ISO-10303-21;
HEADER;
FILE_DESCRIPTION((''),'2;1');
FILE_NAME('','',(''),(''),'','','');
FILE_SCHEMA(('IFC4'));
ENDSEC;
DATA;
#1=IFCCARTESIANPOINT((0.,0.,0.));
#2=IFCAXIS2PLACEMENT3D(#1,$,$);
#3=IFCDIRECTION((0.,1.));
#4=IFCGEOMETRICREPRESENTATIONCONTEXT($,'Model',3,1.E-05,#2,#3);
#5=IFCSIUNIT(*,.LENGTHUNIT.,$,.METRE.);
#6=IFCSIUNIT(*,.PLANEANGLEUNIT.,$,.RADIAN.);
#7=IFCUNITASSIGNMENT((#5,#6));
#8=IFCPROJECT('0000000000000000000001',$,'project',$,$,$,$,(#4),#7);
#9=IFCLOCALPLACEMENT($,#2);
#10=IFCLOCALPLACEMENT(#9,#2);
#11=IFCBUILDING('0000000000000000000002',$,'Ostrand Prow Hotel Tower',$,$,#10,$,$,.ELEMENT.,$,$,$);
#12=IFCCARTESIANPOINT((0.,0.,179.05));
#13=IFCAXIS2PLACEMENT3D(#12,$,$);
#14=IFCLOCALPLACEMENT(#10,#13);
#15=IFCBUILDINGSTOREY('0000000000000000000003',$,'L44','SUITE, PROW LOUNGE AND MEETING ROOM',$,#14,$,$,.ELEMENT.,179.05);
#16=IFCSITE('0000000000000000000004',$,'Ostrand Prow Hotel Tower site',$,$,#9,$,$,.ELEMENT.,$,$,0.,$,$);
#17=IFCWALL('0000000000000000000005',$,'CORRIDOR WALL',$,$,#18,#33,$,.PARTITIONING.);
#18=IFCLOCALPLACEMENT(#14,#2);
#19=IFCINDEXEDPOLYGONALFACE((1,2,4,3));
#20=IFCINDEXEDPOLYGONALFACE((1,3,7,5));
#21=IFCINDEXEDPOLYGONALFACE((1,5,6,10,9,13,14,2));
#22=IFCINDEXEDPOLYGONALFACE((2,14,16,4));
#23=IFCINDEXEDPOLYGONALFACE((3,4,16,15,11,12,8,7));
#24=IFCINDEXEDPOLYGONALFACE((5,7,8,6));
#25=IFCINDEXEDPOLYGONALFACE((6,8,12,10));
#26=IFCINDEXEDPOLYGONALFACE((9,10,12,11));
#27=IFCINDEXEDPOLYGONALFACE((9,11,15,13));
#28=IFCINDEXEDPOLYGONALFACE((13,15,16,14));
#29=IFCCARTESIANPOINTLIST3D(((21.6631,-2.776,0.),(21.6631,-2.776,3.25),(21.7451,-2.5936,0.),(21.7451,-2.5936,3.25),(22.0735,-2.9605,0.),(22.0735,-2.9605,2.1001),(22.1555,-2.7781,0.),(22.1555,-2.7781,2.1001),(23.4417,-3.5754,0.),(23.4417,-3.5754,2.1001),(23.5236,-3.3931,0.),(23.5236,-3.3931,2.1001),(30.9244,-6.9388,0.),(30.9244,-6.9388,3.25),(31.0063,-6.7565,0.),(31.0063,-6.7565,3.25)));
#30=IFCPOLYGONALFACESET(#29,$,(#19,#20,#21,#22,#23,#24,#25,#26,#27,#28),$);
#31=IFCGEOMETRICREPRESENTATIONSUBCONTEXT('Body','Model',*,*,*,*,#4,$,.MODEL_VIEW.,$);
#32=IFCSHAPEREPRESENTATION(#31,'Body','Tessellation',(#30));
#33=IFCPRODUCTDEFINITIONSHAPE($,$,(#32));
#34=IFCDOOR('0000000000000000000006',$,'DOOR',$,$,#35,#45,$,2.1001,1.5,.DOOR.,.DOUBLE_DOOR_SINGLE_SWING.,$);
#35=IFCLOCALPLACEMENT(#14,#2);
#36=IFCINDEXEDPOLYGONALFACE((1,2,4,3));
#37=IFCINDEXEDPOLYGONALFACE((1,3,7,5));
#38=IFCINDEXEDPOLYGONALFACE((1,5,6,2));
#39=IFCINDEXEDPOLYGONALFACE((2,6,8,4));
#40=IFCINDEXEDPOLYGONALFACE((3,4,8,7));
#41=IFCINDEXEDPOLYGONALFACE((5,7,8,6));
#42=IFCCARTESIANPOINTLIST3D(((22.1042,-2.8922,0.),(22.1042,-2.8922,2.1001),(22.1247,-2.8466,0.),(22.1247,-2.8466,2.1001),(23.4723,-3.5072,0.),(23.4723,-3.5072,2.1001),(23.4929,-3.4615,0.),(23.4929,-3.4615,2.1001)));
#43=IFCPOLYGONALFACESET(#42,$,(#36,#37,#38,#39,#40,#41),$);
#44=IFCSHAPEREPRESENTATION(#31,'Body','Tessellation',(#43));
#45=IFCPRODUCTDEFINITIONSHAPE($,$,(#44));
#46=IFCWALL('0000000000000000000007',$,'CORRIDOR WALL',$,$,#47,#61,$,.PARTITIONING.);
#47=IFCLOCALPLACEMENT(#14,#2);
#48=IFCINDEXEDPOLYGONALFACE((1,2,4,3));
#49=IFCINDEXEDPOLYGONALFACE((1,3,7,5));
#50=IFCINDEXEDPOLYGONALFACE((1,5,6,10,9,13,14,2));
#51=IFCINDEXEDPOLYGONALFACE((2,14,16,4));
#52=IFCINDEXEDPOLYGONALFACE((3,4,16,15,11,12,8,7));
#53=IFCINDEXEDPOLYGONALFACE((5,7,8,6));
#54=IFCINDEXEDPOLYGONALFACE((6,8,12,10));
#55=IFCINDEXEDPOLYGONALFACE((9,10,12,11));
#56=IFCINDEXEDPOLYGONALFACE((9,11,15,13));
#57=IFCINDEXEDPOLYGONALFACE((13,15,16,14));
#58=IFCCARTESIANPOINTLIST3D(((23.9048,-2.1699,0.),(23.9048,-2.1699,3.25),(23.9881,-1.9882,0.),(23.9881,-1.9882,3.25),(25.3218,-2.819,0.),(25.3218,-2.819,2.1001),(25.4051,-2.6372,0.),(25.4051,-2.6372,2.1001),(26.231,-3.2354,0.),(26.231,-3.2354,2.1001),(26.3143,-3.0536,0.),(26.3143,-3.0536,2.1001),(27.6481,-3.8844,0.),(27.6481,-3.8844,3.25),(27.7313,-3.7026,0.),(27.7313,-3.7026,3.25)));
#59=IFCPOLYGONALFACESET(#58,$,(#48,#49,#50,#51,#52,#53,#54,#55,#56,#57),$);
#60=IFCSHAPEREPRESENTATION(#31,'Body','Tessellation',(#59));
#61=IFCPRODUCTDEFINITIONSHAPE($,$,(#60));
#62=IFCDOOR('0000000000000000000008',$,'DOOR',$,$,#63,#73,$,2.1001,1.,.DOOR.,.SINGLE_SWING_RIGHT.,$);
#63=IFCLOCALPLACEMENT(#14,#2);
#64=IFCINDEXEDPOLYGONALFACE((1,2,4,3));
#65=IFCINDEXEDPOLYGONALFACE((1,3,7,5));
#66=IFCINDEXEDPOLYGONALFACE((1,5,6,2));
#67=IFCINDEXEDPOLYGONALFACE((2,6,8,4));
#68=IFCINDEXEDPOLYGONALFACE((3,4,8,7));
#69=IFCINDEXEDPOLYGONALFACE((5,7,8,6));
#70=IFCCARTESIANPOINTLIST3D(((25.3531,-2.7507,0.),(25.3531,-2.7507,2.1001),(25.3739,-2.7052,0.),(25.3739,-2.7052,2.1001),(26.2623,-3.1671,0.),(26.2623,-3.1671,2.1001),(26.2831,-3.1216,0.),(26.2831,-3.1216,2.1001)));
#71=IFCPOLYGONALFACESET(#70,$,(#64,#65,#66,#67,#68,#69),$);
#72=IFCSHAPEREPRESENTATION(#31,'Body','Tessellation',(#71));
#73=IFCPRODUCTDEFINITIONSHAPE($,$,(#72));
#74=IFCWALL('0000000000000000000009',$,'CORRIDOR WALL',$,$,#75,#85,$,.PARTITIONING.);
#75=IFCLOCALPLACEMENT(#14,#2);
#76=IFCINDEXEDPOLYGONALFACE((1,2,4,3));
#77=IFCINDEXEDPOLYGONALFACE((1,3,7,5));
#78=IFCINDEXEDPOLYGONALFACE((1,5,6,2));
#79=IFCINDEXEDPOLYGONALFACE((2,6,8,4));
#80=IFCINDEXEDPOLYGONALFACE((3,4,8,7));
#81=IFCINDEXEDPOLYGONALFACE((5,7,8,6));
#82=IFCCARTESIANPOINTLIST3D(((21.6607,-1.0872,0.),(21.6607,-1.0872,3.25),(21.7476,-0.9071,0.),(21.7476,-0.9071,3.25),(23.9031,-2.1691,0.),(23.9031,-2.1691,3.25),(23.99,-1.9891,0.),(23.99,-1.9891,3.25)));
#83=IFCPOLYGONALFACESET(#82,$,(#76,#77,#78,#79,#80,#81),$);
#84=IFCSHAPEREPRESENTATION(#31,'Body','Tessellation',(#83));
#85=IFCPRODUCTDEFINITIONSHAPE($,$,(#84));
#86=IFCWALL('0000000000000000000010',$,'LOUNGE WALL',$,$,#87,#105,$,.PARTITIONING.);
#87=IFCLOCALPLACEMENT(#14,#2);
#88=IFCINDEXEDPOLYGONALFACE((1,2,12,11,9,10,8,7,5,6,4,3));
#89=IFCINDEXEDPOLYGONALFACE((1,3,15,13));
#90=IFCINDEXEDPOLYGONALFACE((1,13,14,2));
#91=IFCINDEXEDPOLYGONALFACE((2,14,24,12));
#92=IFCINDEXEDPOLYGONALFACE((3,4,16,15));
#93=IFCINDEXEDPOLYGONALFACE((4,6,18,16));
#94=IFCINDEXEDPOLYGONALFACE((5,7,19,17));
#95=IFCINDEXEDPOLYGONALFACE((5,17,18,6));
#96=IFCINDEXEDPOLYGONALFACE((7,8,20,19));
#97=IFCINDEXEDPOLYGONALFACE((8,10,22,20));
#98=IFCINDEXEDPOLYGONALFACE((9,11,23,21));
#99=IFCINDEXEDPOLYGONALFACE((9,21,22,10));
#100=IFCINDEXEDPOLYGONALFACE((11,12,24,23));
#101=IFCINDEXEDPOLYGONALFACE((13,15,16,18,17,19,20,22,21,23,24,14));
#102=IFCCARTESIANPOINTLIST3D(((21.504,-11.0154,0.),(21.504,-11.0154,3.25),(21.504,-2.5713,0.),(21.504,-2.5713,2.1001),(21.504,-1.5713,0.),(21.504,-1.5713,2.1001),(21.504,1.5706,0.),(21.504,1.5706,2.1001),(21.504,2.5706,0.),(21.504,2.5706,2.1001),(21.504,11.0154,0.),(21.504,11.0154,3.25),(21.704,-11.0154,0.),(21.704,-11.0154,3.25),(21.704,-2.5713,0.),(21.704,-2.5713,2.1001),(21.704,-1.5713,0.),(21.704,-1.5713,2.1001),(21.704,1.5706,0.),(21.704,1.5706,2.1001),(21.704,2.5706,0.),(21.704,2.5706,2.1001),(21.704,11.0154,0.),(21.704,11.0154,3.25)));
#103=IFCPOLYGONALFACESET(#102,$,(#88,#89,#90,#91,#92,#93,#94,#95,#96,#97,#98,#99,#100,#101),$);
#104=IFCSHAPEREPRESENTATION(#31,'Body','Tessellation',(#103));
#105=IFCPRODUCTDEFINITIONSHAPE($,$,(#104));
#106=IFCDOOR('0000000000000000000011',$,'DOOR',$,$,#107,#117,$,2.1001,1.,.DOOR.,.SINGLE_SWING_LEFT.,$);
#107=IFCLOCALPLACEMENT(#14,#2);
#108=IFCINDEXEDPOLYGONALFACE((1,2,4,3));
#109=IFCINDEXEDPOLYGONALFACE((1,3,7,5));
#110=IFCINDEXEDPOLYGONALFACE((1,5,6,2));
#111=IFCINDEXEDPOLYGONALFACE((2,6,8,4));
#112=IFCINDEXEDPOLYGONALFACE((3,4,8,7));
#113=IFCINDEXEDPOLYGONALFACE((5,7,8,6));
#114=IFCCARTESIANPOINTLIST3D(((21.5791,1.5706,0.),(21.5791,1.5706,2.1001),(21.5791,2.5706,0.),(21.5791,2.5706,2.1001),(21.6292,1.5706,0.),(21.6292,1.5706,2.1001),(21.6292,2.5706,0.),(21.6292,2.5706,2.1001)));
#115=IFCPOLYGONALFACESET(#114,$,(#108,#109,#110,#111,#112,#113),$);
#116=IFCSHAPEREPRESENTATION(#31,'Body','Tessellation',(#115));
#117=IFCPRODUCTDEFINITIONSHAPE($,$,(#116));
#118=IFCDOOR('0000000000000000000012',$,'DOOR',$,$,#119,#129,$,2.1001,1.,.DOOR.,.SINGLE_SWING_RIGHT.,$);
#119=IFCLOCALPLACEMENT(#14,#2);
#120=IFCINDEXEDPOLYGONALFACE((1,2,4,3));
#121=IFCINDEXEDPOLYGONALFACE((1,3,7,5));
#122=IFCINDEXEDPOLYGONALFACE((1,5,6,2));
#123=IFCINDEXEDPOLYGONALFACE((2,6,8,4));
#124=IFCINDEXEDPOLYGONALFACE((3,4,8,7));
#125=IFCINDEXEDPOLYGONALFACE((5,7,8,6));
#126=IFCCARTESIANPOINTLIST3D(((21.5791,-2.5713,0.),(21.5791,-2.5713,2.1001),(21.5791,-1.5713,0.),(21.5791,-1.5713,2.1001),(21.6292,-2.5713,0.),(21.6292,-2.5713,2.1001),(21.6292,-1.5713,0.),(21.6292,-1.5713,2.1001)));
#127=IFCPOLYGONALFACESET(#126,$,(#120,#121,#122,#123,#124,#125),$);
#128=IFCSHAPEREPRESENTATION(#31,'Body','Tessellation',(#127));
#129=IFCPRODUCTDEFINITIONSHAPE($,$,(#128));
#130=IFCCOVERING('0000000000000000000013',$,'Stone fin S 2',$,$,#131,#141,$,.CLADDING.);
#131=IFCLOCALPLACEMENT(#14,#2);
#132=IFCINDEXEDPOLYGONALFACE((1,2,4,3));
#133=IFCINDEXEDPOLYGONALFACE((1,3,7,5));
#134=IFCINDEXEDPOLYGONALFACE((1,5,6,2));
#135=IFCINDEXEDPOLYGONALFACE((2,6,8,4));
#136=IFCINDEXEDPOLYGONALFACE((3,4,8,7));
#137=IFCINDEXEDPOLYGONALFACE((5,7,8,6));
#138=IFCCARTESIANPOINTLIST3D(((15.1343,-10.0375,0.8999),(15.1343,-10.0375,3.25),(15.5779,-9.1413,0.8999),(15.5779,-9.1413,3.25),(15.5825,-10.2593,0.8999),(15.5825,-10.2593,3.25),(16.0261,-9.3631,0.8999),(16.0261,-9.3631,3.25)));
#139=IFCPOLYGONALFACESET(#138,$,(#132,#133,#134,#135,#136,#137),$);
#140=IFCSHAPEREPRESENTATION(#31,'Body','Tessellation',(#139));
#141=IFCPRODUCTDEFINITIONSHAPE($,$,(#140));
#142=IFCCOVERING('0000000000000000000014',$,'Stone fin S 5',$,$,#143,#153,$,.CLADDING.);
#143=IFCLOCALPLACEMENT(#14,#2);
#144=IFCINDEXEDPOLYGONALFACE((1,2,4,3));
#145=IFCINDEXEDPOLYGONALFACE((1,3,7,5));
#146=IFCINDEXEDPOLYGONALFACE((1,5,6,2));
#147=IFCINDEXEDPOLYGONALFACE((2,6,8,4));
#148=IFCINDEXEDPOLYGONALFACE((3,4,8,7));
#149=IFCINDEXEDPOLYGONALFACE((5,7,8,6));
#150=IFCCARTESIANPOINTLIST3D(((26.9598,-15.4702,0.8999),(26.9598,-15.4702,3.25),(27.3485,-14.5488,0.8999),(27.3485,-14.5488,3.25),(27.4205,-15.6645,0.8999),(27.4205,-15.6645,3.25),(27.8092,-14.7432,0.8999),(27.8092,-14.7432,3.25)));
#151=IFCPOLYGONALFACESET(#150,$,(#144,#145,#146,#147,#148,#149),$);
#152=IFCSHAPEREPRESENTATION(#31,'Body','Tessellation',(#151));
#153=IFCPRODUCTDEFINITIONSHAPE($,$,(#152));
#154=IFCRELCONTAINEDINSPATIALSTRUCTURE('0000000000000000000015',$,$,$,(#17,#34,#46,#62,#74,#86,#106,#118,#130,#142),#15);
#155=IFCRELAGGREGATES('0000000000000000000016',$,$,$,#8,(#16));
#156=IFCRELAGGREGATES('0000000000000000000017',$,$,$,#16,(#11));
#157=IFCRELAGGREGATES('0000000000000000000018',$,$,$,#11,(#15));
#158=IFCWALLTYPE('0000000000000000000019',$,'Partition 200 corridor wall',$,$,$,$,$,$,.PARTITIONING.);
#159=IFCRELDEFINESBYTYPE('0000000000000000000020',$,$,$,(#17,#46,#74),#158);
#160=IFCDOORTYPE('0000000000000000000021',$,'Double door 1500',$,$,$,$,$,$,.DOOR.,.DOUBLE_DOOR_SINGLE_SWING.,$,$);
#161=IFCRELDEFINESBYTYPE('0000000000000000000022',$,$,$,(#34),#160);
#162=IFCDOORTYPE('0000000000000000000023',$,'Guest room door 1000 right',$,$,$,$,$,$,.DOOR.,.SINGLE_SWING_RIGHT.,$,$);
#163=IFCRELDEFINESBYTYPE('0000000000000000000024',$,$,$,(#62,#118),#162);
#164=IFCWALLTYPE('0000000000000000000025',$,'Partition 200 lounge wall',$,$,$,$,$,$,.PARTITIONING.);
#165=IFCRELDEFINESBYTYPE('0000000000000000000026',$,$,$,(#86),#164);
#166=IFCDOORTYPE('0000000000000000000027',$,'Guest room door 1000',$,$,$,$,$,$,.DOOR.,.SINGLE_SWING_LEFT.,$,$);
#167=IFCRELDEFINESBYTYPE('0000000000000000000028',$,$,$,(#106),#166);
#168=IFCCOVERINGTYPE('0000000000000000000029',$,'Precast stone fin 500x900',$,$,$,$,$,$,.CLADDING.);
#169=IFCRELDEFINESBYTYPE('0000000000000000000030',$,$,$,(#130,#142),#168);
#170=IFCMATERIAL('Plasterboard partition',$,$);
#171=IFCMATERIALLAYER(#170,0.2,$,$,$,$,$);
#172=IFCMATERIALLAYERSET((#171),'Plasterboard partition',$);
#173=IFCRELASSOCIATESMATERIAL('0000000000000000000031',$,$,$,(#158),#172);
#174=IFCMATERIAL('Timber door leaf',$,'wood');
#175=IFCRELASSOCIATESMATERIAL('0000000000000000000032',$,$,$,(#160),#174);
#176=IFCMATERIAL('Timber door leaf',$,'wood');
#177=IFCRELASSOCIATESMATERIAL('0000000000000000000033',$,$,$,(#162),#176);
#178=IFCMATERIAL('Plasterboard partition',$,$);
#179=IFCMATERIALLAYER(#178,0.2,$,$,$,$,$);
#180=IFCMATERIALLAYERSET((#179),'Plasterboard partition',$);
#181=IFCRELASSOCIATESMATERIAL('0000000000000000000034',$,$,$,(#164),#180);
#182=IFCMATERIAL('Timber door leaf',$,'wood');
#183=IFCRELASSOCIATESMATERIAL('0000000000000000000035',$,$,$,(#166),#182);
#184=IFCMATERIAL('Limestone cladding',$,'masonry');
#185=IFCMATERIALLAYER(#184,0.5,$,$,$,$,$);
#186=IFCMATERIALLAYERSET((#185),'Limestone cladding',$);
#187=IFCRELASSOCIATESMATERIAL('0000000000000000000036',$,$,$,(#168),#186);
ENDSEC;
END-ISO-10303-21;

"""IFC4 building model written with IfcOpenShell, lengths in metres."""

from ifc_helpers import new_model, si_unit, direction, frame, frame_2d, origin, place, context, subcontext, project, spatial, rectangle, extrude, material, layer, layer_set, type_object, element, fill, save


model = new_model("IFC4")

# Units and contexts
model_context = context("Model", 3, precision=1e-05, world=origin(), true_north=direction((0.0, 1.0)))
body_context = subcontext(model_context, "Body", "Model", "MODEL_VIEW")
ifc_project = project(units=[si_unit("LENGTHUNIT", "METRE"), si_unit("PLANEANGLEUNIT", "RADIAN")], contexts=[model_context])

# Site, building, storey
site_placement = place(None, origin())
site = spatial("IfcSite", under=ifc_project, at=site_placement, Name="Ostrand Prow Hotel Tower site", CompositionType="ELEMENT", RefElevation=0.0)
building_placement = place(site_placement, origin())
building = spatial("IfcBuilding", under=site, at=building_placement, Name="Ostrand Prow Hotel Tower", CompositionType="ELEMENT")
storey_placement = place(building_placement, frame((0.0, 0.0, 179.05)))
storey = spatial("IfcBuildingStorey", under=building, at=storey_placement, Name="L44", Description="SUITE, PROW LOUNGE AND MEETING ROOM", CompositionType="ELEMENT", Elevation=179.05)

# Walls, openings, doors
ifc_material_1 = material(Name="Plasterboard partition")
ifc_layer_1 = layer(ifc_material_1, 0.2)
ifc_layer_set_1 = layer_set([ifc_layer_1], Name="Plasterboard partition")
wall_type_1 = type_object("IfcWallType", Name="Partition 200 corridor wall", PredefinedType="PARTITIONING", material=ifc_layer_set_1)
wall_1_placement = place(storey_placement, frame((21.7041, -2.6848, 0.0), z_axis=(0.0, 0.0, 1.0), x_axis=(0.912095, -0.409979, 0.0)))
wall_1 = element("IfcWall", 1, at=wall_1_placement, inside=storey, type_object=wall_type_1, Name="CORRIDOR WALL", PredefinedType="PARTITIONING", context=body_context, shape_type="SweptSolid", body=[
    extrude(rectangle(XDim=10.1538, YDim=0.2, at=frame_2d((5.0769, 0.0))), origin(), (0.0, 0.0, 1.0), 3.25),
])
opening_1_placement = place(wall_1_placement, frame((0.45, 0.0, 0.0)))
opening_1 = element("IfcOpeningElement", 2, at=opening_1_placement, cuts=wall_1, PredefinedType="OPENING", context=body_context, shape_type="SweptSolid", body=[
    extrude(rectangle(XDim=1.5, YDim=2.1001, at=frame_2d((0.75, 1.05))), frame((0.0, 0.1099, 0.0), z_axis=(0.0, -1.0, 0.0), x_axis=(1.0, 0.0, 0.0)), (0.0, 0.0, 1.0), 0.22),
])
ifc_material_2 = material(Name="Timber door leaf", Category="wood")
door_type_1 = type_object("IfcDoorType", Name="Double door 1500", OperationType="DOUBLE_DOOR_SINGLE_SWING", PredefinedType="DOOR", material=ifc_material_2)
door_1_placement = place(opening_1_placement, origin())
door_1 = element("IfcDoor", 3, at=door_1_placement, inside=storey, type_object=door_type_1, Name="DOOR", OperationType="DOUBLE_DOOR_SINGLE_SWING", OverallHeight=2.1001, OverallWidth=1.5, PredefinedType="DOOR", context=body_context, shape_type="SweptSolid", body=[
    extrude(rectangle(XDim=1.5, YDim=2.1001, at=frame_2d((0.75, 1.05))), frame((0.0, 0.0249, 0.0), z_axis=(0.0, -1.0, 0.0), x_axis=(1.0, 0.0, 0.0)), (0.0, 0.0, 1.0), 0.05),
])
fill(opening_1, door_1)
wall_2_placement = place(storey_placement, frame((27.6897, -3.7935, 0.0), z_axis=(0.0, 0.0, 1.0), x_axis=(-0.909181, 0.416402, 0.0)))
wall_2 = element("IfcWall", 4, at=wall_2_placement, inside=storey, type_object=wall_type_1, Name="CORRIDOR WALL", PredefinedType="PARTITIONING", context=body_context, shape_type="SweptSolid", body=[
    extrude(rectangle(XDim=4.1172, YDim=0.2, at=frame_2d((2.0586, 0.0))), origin(), (0.0, 0.0, 1.0), 3.25),
])
opening_2_placement = place(wall_2_placement, frame((1.5586, 0.0, 0.0)))
opening_2 = element("IfcOpeningElement", 5, at=opening_2_placement, cuts=wall_2, PredefinedType="OPENING", context=body_context, shape_type="SweptSolid", body=[
    extrude(rectangle(XDim=1.0, YDim=2.1001, at=frame_2d((0.5, 1.05))), frame((0.0, 0.1099, 0.0), z_axis=(0.0, -1.0, 0.0), x_axis=(1.0, 0.0, 0.0)), (0.0, 0.0, 1.0), 0.22),
])
ifc_material_3 = material(Name="Timber door leaf", Category="wood")
door_type_2 = type_object("IfcDoorType", Name="Guest room door 1000 right", OperationType="SINGLE_SWING_RIGHT", PredefinedType="DOOR", material=ifc_material_3)
door_2_placement = place(opening_2_placement, origin())
door_2 = element("IfcDoor", 6, at=door_2_placement, inside=storey, type_object=door_type_2, Name="DOOR", OperationType="SINGLE_SWING_RIGHT", OverallHeight=2.1001, OverallWidth=1.0, PredefinedType="DOOR", context=body_context, shape_type="SweptSolid", body=[
    extrude(rectangle(XDim=1.0, YDim=2.1001, at=frame_2d((0.5, 1.05))), frame((0.0, 0.0249, 0.0), z_axis=(0.0, -1.0, 0.0), x_axis=(1.0, 0.0, 0.0)), (0.0, 0.0, 1.0), 0.05),
])
fill(opening_2, door_2)

# Wall
wall_3_placement = place(storey_placement, frame((23.9465, -2.0791, 0.0), z_axis=(0.0, 0.0, 1.0), x_axis=(-0.900634, 0.434579, 0.0)))
element("IfcWall", 7, at=wall_3_placement, inside=storey, type_object=wall_type_1, Name="CORRIDOR WALL", PredefinedType="PARTITIONING", context=body_context, shape_type="SweptSolid", body=[
    extrude(rectangle(XDim=2.4897, YDim=0.2, at=frame_2d((1.2449, 0.0))), origin(), (0.0, 0.0, 1.0), 3.25),
])

# Wall, openings, doors
ifc_material_4 = material(Name="Plasterboard partition")
ifc_layer_2 = layer(ifc_material_4, 0.2)
ifc_layer_set_2 = layer_set([ifc_layer_2], Name="Plasterboard partition")
wall_type_2 = type_object("IfcWallType", Name="Partition 200 lounge wall", PredefinedType="PARTITIONING", material=ifc_layer_set_2)
wall_4_placement = place(storey_placement, frame((21.604, -11.0154, 0.0), z_axis=(0.0, 0.0, 1.0), x_axis=(0.0, 1.0, 0.0)))
wall_4 = element("IfcWall", 8, at=wall_4_placement, inside=storey, type_object=wall_type_2, Name="LOUNGE WALL", PredefinedType="PARTITIONING", context=body_context, shape_type="SweptSolid", body=[
    extrude(rectangle(XDim=22.0308, YDim=0.2, at=frame_2d((11.0154, 0.0))), origin(), (0.0, 0.0, 1.0), 3.25),
])
opening_3_placement = place(wall_4_placement, frame((12.5859, 0.0, 0.0)))
opening_3 = element("IfcOpeningElement", 9, at=opening_3_placement, cuts=wall_4, PredefinedType="OPENING", context=body_context, shape_type="SweptSolid", body=[
    extrude(rectangle(XDim=1.0, YDim=2.1001, at=frame_2d((0.5, 1.05))), frame((0.0, 0.1099, 0.0), z_axis=(0.0, -1.0, 0.0), x_axis=(1.0, 0.0, 0.0)), (0.0, 0.0, 1.0), 0.22),
])
opening_4_placement = place(wall_4_placement, frame((8.4441, 0.0, 0.0)))
opening_4 = element("IfcOpeningElement", 10, at=opening_4_placement, cuts=wall_4, PredefinedType="OPENING", context=body_context, shape_type="SweptSolid", body=[
    extrude(rectangle(XDim=1.0, YDim=2.1001, at=frame_2d((0.5, 1.05))), frame((0.0, 0.1099, 0.0), z_axis=(0.0, -1.0, 0.0), x_axis=(1.0, 0.0, 0.0)), (0.0, 0.0, 1.0), 0.22),
])
ifc_material_5 = material(Name="Timber door leaf", Category="wood")
door_type_3 = type_object("IfcDoorType", Name="Guest room door 1000", OperationType="SINGLE_SWING_LEFT", PredefinedType="DOOR", material=ifc_material_5)
door_3_placement = place(opening_3_placement, origin())
door_3 = element("IfcDoor", 11, at=door_3_placement, inside=storey, type_object=door_type_3, Name="DOOR", OperationType="SINGLE_SWING_LEFT", OverallHeight=2.1001, OverallWidth=1.0, PredefinedType="DOOR", context=body_context, shape_type="SweptSolid", body=[
    extrude(rectangle(XDim=1.0, YDim=2.1001, at=frame_2d((0.5, 1.05))), frame((0.0, 0.0249, 0.0), z_axis=(0.0, -1.0, 0.0), x_axis=(1.0, 0.0, 0.0)), (0.0, 0.0, 1.0), 0.05),
])
fill(opening_3, door_3)
door_4_placement = place(opening_4_placement, origin())
door_4 = element("IfcDoor", 12, at=door_4_placement, inside=storey, type_object=door_type_2, Name="DOOR", OperationType="SINGLE_SWING_RIGHT", OverallHeight=2.1001, OverallWidth=1.0, PredefinedType="DOOR", context=body_context, shape_type="SweptSolid", body=[
    extrude(rectangle(XDim=1.0, YDim=2.1001, at=frame_2d((0.5, 1.05))), frame((0.0, 0.0249, 0.0), z_axis=(0.0, -1.0, 0.0), x_axis=(1.0, 0.0, 0.0)), (0.0, 0.0, 1.0), 0.05),
])
fill(opening_4, door_4)

# Coverings
ifc_material_6 = material(Name="Limestone cladding", Category="masonry")
ifc_layer_3 = layer(ifc_material_6, 0.5)
ifc_layer_set_3 = layer_set([ifc_layer_3], Name="Limestone cladding")
covering_type = type_object("IfcCoveringType", Name="Precast stone fin 500x900", PredefinedType="CLADDING", material=ifc_layer_set_3)
for number, where, z_axis, x_axis, name in (
    (13, (15.802, -9.2522, 0.8999), (0.0, 0.0, 1.0), (-0.443597, -0.896227, 0.0), "Stone fin S 2"),
    (14, (27.5789, -14.646, 0.8999), (0.0, 0.0, 1.0), (-0.388668, -0.921378, 0.0), "Stone fin S 5"),
):
    element("IfcCovering", number, at=place(storey_placement, frame(where, z_axis=z_axis, x_axis=x_axis)), inside=storey, type_object=covering_type, Name=name, PredefinedType="CLADDING", context=body_context, shape_type="SweptSolid", body=[
        extrude(rectangle(XDim=1.0, YDim=0.5, at=frame_2d((0.5, 0.0))), origin(), (0.0, 0.0, 1.0), 2.3501),
    ])

save(model, "model.ifc")
